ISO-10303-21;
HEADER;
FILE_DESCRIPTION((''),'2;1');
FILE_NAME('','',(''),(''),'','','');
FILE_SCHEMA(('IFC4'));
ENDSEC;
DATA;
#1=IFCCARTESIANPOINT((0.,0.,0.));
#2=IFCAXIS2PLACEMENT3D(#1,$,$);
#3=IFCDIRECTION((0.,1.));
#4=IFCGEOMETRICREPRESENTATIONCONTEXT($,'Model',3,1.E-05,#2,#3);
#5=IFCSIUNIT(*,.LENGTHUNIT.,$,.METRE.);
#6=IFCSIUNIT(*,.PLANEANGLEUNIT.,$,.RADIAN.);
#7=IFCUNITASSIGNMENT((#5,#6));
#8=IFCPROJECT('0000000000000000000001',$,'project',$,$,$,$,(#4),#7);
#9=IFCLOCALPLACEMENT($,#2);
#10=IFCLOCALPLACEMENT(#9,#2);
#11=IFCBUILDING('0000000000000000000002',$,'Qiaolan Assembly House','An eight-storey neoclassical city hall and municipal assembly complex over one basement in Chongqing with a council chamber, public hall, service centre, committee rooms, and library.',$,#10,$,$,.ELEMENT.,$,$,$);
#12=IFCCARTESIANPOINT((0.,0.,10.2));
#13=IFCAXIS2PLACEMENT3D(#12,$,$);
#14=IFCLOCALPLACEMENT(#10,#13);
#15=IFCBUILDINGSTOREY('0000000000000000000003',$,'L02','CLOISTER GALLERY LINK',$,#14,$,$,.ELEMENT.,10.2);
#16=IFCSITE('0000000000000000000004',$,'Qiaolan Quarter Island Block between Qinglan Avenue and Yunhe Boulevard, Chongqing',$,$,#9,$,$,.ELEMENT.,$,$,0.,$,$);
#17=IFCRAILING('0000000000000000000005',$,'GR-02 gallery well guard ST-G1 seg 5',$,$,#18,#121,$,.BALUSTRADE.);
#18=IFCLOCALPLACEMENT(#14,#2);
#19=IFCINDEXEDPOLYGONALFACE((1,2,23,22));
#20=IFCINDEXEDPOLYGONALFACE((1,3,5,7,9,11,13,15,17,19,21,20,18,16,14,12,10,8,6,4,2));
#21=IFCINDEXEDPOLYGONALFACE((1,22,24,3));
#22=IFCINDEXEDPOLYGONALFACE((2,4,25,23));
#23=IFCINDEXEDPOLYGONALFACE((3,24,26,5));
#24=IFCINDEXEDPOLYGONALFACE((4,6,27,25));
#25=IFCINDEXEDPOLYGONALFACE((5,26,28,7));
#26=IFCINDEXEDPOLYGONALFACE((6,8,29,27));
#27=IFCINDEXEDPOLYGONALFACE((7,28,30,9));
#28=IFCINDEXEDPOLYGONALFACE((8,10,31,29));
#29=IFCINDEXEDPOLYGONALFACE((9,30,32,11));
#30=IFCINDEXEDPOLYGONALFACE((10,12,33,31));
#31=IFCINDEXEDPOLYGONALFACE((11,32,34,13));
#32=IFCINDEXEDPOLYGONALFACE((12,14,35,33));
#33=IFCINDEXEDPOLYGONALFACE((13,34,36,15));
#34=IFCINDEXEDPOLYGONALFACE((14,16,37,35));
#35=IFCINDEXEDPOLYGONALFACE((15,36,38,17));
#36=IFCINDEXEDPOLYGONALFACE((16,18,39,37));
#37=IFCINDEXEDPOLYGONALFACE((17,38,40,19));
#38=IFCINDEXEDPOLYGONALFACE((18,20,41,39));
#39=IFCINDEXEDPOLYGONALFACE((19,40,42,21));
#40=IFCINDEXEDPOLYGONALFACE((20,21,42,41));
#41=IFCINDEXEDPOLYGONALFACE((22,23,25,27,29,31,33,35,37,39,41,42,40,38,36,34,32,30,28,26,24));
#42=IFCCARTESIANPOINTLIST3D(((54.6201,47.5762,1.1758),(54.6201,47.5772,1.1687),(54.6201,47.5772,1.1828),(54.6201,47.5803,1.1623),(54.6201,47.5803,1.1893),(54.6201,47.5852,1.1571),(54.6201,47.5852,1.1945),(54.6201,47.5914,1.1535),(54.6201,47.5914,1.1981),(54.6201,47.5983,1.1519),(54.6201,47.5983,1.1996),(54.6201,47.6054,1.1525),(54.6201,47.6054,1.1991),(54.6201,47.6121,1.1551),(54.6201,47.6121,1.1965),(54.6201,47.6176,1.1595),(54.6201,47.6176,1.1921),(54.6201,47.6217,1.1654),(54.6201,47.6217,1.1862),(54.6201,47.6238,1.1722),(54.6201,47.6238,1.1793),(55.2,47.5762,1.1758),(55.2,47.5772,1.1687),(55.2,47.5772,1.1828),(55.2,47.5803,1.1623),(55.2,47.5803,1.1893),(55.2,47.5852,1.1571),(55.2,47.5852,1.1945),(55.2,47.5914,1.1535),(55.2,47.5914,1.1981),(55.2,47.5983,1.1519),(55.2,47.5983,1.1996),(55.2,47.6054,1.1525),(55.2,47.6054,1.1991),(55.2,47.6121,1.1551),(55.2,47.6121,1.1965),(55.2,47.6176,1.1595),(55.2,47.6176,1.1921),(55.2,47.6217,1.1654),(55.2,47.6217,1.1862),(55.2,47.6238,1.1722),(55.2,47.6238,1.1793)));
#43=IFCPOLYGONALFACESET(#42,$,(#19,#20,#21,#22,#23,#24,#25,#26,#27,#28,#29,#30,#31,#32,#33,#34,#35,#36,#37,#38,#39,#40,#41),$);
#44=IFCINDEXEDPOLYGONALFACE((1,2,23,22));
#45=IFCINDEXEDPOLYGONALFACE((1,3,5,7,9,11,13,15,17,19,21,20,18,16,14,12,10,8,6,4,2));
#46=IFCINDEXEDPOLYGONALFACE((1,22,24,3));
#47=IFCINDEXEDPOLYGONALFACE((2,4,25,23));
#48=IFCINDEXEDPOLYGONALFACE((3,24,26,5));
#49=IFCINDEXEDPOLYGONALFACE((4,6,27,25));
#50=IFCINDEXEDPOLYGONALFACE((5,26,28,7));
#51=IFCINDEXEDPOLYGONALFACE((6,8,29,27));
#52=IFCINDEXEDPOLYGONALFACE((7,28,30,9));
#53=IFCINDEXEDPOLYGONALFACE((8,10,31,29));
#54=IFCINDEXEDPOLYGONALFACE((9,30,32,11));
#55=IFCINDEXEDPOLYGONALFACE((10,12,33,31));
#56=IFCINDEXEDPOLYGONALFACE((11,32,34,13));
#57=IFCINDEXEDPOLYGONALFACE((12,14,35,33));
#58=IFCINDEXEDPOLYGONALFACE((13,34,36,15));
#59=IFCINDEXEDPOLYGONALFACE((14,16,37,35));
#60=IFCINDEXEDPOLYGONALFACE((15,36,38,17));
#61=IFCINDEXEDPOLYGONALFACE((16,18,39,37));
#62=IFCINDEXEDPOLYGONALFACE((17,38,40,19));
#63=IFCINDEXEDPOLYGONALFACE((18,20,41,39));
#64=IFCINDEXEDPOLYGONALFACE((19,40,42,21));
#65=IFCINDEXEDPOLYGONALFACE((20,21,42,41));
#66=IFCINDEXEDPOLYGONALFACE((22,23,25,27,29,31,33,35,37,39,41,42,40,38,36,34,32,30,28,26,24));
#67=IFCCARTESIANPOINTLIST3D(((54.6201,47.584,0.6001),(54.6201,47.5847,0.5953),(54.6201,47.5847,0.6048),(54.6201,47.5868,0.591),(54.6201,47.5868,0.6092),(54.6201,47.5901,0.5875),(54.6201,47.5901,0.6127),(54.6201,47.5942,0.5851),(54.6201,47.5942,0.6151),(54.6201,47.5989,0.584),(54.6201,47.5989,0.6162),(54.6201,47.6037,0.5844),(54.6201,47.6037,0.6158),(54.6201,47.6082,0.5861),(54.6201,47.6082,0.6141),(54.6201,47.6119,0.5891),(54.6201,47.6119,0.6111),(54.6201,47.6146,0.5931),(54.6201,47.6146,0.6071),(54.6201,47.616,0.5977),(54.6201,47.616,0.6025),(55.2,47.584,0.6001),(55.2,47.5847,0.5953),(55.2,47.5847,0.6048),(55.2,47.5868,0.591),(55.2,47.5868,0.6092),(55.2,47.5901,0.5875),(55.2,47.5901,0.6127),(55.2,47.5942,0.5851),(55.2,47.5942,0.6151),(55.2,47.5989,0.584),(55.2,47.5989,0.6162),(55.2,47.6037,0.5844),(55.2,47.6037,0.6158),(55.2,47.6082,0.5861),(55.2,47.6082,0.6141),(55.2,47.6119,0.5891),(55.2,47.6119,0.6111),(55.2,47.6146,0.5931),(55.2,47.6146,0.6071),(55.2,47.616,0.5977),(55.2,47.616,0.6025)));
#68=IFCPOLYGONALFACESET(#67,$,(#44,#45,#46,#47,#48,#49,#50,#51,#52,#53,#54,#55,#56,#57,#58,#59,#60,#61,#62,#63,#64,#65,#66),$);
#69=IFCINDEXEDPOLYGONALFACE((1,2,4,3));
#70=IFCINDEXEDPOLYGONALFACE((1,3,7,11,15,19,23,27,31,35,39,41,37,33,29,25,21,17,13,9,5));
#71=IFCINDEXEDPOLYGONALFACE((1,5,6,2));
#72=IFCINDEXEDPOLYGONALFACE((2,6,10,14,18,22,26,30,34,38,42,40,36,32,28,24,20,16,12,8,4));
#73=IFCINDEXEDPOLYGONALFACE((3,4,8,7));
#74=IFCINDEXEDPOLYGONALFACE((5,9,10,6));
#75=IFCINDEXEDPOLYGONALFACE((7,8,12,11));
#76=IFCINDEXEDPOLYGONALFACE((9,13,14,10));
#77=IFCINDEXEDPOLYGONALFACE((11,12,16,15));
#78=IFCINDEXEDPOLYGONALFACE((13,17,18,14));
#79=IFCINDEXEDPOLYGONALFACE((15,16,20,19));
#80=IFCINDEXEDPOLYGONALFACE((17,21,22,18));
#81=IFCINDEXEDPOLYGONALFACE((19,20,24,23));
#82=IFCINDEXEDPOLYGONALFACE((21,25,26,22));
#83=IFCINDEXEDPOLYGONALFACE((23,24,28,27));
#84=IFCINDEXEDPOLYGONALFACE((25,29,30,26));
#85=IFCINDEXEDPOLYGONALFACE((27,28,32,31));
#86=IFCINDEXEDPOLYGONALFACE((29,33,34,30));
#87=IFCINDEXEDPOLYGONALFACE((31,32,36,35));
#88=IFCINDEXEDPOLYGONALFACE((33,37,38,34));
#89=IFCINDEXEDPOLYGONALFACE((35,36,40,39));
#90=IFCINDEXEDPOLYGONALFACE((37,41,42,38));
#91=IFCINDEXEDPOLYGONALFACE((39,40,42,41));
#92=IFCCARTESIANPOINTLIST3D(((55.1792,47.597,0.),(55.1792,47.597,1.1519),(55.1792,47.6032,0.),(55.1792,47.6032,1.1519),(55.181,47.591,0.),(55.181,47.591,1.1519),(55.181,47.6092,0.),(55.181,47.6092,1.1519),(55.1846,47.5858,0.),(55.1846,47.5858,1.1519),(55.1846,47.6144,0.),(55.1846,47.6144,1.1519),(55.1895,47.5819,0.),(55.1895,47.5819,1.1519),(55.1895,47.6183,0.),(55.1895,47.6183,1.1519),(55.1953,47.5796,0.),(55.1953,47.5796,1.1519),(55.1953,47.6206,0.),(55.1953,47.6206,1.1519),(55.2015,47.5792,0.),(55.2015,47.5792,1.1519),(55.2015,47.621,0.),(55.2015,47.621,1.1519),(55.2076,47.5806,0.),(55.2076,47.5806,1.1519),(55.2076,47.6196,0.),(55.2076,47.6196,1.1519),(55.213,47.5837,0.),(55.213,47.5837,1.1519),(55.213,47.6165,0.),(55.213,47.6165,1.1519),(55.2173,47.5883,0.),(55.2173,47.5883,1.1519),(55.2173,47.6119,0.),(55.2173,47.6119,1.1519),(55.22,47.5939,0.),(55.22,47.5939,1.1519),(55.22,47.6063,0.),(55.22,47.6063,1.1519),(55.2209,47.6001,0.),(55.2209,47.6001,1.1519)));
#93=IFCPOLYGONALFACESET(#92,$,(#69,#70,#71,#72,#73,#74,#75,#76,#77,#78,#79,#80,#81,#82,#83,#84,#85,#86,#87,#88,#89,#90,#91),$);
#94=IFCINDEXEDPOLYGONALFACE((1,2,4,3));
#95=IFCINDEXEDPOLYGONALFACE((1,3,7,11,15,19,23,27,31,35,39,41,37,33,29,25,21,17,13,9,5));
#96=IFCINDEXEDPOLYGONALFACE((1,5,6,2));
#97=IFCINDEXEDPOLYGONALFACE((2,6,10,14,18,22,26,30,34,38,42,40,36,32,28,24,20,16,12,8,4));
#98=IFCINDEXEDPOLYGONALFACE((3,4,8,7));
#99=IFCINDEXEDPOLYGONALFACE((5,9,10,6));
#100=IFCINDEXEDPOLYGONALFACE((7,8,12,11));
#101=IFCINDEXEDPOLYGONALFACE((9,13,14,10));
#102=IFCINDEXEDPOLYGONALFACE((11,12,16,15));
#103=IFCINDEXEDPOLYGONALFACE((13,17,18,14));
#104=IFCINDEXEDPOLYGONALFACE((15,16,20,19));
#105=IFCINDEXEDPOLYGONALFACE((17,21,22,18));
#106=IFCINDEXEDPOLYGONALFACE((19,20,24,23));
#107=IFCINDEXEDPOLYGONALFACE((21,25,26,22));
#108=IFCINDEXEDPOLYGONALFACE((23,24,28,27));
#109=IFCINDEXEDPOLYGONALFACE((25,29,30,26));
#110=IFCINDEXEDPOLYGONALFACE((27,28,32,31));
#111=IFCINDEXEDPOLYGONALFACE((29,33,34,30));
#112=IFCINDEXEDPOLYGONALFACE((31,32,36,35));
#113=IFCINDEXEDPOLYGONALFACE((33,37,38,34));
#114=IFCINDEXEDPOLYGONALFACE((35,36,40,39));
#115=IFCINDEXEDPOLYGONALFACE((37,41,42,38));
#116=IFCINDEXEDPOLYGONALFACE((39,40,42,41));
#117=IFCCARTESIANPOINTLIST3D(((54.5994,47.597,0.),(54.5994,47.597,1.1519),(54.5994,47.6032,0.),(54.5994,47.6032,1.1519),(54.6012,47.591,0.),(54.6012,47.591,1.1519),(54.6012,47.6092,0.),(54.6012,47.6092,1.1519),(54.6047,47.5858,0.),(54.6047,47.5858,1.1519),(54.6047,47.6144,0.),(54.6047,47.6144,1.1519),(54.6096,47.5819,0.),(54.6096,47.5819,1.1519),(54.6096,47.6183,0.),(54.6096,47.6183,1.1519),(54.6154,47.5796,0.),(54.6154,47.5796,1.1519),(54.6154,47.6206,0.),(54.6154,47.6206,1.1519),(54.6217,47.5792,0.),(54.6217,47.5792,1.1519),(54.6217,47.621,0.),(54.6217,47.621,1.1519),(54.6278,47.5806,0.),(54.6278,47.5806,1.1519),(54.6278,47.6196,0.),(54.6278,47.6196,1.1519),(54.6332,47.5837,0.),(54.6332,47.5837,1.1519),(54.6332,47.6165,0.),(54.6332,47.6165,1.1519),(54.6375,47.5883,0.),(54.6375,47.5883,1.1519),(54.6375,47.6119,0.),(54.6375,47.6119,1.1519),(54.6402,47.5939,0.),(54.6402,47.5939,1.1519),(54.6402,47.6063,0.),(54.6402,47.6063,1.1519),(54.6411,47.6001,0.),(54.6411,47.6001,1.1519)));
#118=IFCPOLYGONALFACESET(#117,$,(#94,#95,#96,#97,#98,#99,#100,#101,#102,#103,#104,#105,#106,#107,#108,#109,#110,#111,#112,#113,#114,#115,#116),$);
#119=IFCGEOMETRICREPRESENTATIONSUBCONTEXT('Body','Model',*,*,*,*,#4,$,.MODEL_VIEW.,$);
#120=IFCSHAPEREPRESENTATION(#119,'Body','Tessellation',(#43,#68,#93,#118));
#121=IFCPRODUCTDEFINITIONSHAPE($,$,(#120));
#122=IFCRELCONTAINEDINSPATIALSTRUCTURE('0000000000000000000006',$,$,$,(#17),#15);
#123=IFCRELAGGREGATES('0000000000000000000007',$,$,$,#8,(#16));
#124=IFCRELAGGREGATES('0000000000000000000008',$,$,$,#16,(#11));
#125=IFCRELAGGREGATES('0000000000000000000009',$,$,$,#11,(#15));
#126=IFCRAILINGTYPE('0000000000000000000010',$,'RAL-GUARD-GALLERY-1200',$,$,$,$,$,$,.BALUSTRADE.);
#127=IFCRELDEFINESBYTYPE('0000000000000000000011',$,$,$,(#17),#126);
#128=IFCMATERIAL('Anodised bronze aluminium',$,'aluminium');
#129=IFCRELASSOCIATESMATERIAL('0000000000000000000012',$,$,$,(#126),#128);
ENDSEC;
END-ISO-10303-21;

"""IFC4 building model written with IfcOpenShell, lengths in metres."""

from ifc_helpers import new_model, si_unit, direction, frame, origin, origin_2d, place, context, subcontext, project, spatial, circle, extrude, material, type_object, element, save


model = new_model("IFC4")

# Units and contexts
model_context = context("Model", 3, precision=1e-05, world=origin(), true_north=direction((0.0, 1.0)))
body_context = subcontext(model_context, "Body", "Model", "MODEL_VIEW")
ifc_project = project(units=[si_unit("LENGTHUNIT", "METRE"), si_unit("PLANEANGLEUNIT", "RADIAN")], contexts=[model_context])

# Site, building, storey
site_placement = place(None, origin())
site = spatial("IfcSite", under=ifc_project, at=site_placement, Name="Qiaolan Quarter Island Block between Qinglan Avenue and Yunhe Boulevard, Chongqing", CompositionType="ELEMENT", RefElevation=0.0)
building_placement = place(site_placement, origin())
building = spatial("IfcBuilding", under=site, at=building_placement, Name="Qiaolan Assembly House", Description="An eight-storey neoclassical city hall and municipal assembly complex over one basement in Chongqing with a council chamber, public hall, service centre, committee rooms, and library.", CompositionType="ELEMENT")
storey_placement = place(building_placement, frame((0.0, 0.0, 10.2)))
storey = spatial("IfcBuildingStorey", under=building, at=storey_placement, Name="L02", Description="CLOISTER GALLERY LINK", CompositionType="ELEMENT", Elevation=10.2)

# Railing
ifc_material_1 = material(Name="Anodised bronze aluminium", Category="aluminium")
railing_type = type_object("IfcRailingType", Name="RAL-GUARD-GALLERY-1200", PredefinedType="BALUSTRADE", material=ifc_material_1)
railing_1_placement = place(storey_placement, frame((55.2, 47.6001, 0.0)))
element("IfcRailing", 1, at=railing_1_placement, inside=storey, type_object=railing_type, Name="GR-02 gallery well guard ST-G1 seg 5", PredefinedType="BALUSTRADE", context=body_context, shape_type="SweptSolid", body=[
    extrude(circle(Radius=0.0239, at=origin_2d()), frame((0.0, 0.0, 1.1758), z_axis=(-1.0, 0.0, 0.0), x_axis=(0.0, -1.0, 0.0)), (0.0, 0.0, 1.0), 0.5798),
    extrude(circle(Radius=0.0161, at=origin_2d()), frame((0.0, 0.0, 0.6001), z_axis=(-1.0, 0.0, 0.0), x_axis=(0.0, -1.0, 0.0)), (0.0, 0.0, 1.0), 0.5798),
    extrude(circle(Radius=0.021, at=origin_2d()), origin(), (0.0, 0.0, 1.0), 1.1519),
    extrude(circle(Radius=0.021, at=origin_2d()), frame((-0.5798, 0.0, 0.0)), (0.0, 0.0, 1.0), 1.1519),
])

save(model, "model.ifc")
